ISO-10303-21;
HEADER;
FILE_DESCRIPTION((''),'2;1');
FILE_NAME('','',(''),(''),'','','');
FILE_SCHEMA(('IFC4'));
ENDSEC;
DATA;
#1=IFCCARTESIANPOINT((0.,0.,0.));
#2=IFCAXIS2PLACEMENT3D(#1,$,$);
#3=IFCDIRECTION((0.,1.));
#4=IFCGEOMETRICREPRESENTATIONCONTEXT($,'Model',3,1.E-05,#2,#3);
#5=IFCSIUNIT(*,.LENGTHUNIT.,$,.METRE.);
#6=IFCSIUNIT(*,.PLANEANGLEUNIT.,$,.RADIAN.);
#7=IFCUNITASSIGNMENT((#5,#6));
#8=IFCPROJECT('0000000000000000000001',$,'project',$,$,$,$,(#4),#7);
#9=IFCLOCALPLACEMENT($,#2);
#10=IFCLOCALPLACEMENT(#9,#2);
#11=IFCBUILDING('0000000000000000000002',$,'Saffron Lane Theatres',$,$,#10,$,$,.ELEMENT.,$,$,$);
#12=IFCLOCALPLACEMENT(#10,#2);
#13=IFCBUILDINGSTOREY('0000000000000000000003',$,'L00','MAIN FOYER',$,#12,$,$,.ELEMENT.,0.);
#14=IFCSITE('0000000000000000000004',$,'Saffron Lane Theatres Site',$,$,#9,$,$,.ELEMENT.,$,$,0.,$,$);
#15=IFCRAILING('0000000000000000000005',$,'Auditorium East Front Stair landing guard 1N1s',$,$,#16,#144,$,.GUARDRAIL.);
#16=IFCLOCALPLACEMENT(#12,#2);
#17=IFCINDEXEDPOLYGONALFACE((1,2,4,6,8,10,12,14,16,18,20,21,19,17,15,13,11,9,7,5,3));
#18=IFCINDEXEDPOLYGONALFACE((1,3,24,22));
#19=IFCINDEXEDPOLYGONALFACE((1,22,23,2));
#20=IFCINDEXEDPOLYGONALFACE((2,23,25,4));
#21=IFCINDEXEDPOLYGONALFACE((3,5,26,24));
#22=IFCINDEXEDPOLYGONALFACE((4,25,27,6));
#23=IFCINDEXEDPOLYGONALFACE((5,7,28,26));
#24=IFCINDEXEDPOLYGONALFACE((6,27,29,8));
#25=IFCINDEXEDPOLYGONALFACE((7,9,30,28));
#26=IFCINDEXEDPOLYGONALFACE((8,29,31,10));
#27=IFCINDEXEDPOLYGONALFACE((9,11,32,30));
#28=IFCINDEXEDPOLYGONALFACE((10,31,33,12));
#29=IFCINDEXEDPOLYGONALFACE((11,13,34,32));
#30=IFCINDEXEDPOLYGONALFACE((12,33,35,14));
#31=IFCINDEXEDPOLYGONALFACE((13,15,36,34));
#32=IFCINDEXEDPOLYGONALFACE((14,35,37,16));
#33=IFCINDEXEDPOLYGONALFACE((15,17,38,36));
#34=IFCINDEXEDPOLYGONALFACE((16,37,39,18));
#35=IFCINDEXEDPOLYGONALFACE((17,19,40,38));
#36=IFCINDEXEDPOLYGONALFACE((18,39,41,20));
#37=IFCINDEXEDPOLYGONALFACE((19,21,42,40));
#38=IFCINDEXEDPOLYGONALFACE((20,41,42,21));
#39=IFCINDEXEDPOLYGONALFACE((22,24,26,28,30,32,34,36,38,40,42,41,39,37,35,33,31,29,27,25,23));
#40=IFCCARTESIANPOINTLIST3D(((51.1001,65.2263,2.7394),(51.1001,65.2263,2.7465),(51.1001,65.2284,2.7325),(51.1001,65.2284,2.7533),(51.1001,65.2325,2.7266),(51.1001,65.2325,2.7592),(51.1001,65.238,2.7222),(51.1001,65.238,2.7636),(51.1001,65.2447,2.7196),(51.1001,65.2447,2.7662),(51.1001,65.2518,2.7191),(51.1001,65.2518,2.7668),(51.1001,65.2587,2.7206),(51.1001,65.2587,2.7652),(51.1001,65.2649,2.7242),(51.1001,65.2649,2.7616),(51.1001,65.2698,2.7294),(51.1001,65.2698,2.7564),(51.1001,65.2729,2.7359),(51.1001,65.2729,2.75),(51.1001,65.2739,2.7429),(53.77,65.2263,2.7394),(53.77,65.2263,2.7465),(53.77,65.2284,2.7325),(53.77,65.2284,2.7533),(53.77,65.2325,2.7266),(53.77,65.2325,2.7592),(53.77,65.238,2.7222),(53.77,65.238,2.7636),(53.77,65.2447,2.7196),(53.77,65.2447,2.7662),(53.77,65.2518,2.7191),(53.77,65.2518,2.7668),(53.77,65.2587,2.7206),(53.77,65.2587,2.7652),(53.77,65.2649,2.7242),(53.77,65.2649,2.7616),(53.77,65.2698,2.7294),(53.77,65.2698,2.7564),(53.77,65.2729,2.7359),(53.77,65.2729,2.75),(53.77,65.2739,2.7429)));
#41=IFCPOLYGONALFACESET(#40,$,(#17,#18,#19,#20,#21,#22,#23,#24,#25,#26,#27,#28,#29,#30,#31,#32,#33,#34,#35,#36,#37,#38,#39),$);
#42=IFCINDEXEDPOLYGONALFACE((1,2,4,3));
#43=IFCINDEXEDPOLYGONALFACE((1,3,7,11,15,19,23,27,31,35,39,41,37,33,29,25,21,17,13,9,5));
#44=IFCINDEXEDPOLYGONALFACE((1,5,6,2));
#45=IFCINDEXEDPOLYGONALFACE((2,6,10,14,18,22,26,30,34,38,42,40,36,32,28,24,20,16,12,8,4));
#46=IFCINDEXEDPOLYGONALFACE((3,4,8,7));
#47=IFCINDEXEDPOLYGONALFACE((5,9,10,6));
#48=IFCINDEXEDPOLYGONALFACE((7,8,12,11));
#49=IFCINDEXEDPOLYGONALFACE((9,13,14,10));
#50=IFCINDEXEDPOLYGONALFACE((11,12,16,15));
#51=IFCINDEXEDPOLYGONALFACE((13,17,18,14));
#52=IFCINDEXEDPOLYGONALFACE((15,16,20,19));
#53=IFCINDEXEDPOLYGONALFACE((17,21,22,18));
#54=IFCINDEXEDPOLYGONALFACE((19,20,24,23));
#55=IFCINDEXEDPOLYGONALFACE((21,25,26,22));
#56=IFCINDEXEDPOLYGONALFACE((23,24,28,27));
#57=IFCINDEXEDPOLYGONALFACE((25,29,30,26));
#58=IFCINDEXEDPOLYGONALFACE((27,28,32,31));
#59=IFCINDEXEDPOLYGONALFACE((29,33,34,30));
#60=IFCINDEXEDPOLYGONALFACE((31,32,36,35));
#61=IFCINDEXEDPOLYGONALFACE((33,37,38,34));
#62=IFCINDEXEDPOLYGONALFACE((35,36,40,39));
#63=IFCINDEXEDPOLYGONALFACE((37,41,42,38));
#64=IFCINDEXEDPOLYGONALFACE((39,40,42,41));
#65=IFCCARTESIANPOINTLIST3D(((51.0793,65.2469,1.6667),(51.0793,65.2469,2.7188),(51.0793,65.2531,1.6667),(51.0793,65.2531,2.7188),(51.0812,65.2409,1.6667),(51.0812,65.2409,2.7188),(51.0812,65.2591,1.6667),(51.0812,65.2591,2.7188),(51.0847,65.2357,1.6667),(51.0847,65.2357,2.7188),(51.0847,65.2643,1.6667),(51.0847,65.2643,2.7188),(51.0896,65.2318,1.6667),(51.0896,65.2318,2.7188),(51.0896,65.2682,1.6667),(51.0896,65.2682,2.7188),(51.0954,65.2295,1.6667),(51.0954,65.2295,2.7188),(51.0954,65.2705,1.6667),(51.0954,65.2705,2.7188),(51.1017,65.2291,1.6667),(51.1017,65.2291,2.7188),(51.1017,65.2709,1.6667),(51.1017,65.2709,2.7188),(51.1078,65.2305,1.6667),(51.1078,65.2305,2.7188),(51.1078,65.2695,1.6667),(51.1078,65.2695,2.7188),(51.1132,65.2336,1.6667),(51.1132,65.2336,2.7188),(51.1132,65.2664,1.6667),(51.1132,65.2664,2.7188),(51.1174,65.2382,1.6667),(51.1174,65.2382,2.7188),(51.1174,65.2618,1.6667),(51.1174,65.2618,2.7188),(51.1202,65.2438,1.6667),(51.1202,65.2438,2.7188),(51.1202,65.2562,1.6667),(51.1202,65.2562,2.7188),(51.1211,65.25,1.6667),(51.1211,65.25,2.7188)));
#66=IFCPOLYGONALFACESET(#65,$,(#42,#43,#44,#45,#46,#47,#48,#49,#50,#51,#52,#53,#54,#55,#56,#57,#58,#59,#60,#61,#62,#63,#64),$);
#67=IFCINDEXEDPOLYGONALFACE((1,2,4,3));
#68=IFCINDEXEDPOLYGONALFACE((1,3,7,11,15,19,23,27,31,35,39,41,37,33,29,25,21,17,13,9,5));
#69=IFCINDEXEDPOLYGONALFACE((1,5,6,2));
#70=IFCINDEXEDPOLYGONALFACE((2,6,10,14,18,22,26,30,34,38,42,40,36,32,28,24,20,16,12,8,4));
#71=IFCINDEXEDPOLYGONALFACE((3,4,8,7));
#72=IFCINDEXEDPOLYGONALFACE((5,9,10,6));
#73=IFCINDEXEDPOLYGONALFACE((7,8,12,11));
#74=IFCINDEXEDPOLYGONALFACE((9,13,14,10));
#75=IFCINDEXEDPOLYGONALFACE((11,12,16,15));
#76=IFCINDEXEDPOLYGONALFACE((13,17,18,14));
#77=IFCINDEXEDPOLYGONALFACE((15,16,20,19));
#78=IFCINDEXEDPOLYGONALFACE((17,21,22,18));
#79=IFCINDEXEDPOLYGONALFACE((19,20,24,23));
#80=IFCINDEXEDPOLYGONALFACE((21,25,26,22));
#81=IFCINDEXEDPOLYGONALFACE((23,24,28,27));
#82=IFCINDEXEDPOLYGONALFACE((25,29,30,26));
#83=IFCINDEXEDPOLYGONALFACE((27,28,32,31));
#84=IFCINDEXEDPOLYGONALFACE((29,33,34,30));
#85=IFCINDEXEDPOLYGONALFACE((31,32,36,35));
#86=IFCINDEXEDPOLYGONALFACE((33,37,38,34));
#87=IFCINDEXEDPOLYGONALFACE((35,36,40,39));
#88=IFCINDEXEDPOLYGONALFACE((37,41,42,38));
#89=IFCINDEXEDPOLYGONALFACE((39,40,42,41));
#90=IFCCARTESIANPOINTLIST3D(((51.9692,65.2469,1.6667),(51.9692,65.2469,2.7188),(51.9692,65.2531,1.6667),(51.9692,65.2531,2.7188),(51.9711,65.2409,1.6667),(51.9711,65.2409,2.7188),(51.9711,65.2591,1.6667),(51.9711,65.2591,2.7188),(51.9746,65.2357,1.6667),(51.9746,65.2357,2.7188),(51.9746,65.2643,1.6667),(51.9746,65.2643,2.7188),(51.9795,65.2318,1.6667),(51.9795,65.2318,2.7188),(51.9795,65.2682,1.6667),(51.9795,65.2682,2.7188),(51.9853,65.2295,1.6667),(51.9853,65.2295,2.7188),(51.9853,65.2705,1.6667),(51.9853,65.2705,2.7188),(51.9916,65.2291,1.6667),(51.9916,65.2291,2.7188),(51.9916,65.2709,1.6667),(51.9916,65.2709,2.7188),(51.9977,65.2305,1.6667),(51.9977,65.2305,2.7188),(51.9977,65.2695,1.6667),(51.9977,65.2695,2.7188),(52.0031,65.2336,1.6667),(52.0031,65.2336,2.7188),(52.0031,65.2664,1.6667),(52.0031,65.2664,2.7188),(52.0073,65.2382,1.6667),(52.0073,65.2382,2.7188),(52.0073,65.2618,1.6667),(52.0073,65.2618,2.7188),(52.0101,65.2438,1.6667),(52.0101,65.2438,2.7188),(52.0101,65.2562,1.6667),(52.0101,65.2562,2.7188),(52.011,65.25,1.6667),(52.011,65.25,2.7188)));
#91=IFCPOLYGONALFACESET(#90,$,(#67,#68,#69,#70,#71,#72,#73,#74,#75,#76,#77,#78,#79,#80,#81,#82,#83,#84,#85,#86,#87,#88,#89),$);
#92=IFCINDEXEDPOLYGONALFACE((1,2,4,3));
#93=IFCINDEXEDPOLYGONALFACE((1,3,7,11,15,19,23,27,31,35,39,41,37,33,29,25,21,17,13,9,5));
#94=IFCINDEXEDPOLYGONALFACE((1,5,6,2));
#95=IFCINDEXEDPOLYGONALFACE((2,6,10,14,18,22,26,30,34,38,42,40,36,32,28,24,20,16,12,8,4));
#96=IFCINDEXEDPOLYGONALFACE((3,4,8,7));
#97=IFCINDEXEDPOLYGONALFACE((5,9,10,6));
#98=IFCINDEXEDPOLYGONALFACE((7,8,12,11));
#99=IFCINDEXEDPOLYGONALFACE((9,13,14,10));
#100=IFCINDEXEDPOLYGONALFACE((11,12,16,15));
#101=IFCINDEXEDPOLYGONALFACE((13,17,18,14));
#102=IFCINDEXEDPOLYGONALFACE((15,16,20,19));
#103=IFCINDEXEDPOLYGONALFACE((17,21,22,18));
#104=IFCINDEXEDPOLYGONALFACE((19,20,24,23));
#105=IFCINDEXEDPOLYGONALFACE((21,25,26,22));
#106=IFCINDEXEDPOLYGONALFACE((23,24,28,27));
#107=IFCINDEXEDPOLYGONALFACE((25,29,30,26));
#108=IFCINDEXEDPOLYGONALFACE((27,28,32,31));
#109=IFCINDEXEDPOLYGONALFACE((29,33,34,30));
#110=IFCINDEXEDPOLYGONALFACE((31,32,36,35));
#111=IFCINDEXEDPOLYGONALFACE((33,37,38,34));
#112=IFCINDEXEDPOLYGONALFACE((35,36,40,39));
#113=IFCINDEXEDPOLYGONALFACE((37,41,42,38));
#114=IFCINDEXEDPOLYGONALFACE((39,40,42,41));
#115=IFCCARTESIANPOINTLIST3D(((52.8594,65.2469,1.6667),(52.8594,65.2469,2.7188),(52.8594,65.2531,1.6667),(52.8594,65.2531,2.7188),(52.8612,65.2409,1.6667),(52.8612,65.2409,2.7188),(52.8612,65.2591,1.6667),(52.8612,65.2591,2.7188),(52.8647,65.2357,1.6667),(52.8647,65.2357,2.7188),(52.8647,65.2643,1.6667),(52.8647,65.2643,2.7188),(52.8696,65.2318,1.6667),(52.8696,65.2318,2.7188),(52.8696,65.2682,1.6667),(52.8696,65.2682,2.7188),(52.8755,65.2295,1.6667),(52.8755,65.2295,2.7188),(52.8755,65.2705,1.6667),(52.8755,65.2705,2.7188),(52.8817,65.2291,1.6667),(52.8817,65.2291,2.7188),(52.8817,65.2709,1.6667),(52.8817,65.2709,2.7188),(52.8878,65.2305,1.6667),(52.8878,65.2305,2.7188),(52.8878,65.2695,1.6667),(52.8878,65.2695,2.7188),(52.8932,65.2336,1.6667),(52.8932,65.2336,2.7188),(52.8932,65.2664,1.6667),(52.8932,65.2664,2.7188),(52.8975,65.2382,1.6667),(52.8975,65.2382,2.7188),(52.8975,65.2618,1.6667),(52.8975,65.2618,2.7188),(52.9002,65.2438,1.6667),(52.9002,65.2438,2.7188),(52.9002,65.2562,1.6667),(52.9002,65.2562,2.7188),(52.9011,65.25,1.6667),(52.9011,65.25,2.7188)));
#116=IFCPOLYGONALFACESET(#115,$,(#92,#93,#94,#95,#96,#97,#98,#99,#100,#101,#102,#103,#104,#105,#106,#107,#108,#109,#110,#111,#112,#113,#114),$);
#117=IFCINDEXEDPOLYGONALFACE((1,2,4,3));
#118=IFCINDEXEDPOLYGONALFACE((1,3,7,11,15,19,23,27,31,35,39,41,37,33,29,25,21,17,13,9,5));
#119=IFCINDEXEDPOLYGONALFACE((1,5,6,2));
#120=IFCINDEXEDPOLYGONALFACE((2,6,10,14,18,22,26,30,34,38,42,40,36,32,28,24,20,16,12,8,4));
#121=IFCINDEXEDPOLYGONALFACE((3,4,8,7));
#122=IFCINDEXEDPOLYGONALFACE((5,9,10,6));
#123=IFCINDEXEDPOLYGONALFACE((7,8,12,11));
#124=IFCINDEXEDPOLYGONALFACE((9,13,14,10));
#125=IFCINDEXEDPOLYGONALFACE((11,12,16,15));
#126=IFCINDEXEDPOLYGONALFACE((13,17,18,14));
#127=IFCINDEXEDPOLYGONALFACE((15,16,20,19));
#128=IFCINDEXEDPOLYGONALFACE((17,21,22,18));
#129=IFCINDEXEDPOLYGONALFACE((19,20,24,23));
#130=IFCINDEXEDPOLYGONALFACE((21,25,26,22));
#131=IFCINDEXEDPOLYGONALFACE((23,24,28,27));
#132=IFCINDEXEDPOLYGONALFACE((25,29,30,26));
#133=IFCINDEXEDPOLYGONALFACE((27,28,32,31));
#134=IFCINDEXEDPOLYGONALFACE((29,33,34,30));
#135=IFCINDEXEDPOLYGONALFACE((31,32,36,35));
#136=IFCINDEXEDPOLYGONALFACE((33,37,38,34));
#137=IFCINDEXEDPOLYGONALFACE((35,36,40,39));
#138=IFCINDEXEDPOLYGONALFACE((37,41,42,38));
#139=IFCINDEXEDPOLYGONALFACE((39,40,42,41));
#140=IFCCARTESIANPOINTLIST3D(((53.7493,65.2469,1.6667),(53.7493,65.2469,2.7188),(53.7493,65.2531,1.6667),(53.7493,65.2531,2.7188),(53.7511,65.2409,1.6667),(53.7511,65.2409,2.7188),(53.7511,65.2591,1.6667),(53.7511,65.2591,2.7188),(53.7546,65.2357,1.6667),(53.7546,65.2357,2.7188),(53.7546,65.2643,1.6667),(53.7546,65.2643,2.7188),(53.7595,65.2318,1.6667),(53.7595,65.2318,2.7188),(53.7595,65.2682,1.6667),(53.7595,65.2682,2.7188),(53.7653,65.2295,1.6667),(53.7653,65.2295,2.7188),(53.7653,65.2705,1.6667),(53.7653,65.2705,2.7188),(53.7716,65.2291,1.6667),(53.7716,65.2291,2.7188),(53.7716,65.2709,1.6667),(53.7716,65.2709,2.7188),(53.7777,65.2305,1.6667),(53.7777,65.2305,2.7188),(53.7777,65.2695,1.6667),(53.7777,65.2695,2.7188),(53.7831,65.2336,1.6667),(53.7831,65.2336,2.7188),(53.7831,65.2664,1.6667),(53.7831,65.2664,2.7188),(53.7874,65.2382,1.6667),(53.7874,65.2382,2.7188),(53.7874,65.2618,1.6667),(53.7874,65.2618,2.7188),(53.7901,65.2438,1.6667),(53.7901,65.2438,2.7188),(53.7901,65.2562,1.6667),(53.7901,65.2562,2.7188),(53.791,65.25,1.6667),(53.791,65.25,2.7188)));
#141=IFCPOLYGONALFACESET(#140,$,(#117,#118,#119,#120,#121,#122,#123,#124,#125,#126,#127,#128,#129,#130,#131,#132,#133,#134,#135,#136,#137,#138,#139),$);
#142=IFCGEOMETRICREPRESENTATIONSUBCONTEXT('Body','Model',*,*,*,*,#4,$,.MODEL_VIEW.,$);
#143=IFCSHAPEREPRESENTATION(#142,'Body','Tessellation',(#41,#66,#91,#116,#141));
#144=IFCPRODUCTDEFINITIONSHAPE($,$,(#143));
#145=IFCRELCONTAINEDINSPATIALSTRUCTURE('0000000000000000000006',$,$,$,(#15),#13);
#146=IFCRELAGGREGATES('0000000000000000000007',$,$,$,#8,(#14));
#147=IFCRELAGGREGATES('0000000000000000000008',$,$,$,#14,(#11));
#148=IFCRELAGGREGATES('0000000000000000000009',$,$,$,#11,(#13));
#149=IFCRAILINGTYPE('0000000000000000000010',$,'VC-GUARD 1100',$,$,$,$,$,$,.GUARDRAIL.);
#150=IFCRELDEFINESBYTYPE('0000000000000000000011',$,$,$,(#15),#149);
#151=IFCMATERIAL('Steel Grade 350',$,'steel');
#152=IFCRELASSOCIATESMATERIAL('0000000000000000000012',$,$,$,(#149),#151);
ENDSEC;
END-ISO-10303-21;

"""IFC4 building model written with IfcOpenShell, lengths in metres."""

from ifc_helpers import new_model, si_unit, direction, frame, origin, origin_2d, place, context, subcontext, project, spatial, circle, extrude, material, type_object, element, save


model = new_model("IFC4")

# Units and contexts
model_context = context("Model", 3, precision=1e-05, world=origin(), true_north=direction((0.0, 1.0)))
body_context = subcontext(model_context, "Body", "Model", "MODEL_VIEW")
ifc_project = project(units=[si_unit("LENGTHUNIT", "METRE"), si_unit("PLANEANGLEUNIT", "RADIAN")], contexts=[model_context])

# Site, building, storey
site_placement = place(None, origin())
site = spatial("IfcSite", under=ifc_project, at=site_placement, Name="Saffron Lane Theatres Site", CompositionType="ELEMENT", RefElevation=0.0)
building_placement = place(site_placement, origin())
building = spatial("IfcBuilding", under=site, at=building_placement, Name="Saffron Lane Theatres", CompositionType="ELEMENT")
storey_placement = place(building_placement, origin())
storey = spatial("IfcBuildingStorey", under=building, at=storey_placement, Name="L00", Description="MAIN FOYER", CompositionType="ELEMENT", Elevation=0.0)

# Railing
ifc_material_1 = material(Name="Steel Grade 350", Category="steel")
railing_type_1 = type_object("IfcRailingType", Name="VC-GUARD 1100", PredefinedType="GUARDRAIL", material=ifc_material_1)
railing_1_placement = place(storey_placement, frame((51.1001, 65.25, 1.6667)))
element("IfcRailing", 1, at=railing_1_placement, inside=storey, type_object=railing_type_1, Name="Auditorium East Front Stair landing guard 1N1s", PredefinedType="GUARDRAIL", context=body_context, shape_type="SweptSolid", body=[
    extrude(circle(Radius=0.0239, at=origin_2d()), frame((0.0, 0.0, 1.0762), z_axis=(1.0, 0.0, 0.0), x_axis=(0.0, 1.0, 0.0)), (0.0, 0.0, 1.0), 2.6699),
    extrude(circle(Radius=0.021, at=origin_2d()), origin(), (0.0, 0.0, 1.0), 1.052),
    extrude(circle(Radius=0.021, at=origin_2d()), frame((0.8899, 0.0, 0.0)), (0.0, 0.0, 1.0), 1.052),
    extrude(circle(Radius=0.021, at=origin_2d()), frame((1.78, 0.0, 0.0)), (0.0, 0.0, 1.0), 1.052),
    extrude(circle(Radius=0.021, at=origin_2d()), frame((2.6699, 0.0, 0.0)), (0.0, 0.0, 1.0), 1.052),
])

save(model, "model.ifc")
